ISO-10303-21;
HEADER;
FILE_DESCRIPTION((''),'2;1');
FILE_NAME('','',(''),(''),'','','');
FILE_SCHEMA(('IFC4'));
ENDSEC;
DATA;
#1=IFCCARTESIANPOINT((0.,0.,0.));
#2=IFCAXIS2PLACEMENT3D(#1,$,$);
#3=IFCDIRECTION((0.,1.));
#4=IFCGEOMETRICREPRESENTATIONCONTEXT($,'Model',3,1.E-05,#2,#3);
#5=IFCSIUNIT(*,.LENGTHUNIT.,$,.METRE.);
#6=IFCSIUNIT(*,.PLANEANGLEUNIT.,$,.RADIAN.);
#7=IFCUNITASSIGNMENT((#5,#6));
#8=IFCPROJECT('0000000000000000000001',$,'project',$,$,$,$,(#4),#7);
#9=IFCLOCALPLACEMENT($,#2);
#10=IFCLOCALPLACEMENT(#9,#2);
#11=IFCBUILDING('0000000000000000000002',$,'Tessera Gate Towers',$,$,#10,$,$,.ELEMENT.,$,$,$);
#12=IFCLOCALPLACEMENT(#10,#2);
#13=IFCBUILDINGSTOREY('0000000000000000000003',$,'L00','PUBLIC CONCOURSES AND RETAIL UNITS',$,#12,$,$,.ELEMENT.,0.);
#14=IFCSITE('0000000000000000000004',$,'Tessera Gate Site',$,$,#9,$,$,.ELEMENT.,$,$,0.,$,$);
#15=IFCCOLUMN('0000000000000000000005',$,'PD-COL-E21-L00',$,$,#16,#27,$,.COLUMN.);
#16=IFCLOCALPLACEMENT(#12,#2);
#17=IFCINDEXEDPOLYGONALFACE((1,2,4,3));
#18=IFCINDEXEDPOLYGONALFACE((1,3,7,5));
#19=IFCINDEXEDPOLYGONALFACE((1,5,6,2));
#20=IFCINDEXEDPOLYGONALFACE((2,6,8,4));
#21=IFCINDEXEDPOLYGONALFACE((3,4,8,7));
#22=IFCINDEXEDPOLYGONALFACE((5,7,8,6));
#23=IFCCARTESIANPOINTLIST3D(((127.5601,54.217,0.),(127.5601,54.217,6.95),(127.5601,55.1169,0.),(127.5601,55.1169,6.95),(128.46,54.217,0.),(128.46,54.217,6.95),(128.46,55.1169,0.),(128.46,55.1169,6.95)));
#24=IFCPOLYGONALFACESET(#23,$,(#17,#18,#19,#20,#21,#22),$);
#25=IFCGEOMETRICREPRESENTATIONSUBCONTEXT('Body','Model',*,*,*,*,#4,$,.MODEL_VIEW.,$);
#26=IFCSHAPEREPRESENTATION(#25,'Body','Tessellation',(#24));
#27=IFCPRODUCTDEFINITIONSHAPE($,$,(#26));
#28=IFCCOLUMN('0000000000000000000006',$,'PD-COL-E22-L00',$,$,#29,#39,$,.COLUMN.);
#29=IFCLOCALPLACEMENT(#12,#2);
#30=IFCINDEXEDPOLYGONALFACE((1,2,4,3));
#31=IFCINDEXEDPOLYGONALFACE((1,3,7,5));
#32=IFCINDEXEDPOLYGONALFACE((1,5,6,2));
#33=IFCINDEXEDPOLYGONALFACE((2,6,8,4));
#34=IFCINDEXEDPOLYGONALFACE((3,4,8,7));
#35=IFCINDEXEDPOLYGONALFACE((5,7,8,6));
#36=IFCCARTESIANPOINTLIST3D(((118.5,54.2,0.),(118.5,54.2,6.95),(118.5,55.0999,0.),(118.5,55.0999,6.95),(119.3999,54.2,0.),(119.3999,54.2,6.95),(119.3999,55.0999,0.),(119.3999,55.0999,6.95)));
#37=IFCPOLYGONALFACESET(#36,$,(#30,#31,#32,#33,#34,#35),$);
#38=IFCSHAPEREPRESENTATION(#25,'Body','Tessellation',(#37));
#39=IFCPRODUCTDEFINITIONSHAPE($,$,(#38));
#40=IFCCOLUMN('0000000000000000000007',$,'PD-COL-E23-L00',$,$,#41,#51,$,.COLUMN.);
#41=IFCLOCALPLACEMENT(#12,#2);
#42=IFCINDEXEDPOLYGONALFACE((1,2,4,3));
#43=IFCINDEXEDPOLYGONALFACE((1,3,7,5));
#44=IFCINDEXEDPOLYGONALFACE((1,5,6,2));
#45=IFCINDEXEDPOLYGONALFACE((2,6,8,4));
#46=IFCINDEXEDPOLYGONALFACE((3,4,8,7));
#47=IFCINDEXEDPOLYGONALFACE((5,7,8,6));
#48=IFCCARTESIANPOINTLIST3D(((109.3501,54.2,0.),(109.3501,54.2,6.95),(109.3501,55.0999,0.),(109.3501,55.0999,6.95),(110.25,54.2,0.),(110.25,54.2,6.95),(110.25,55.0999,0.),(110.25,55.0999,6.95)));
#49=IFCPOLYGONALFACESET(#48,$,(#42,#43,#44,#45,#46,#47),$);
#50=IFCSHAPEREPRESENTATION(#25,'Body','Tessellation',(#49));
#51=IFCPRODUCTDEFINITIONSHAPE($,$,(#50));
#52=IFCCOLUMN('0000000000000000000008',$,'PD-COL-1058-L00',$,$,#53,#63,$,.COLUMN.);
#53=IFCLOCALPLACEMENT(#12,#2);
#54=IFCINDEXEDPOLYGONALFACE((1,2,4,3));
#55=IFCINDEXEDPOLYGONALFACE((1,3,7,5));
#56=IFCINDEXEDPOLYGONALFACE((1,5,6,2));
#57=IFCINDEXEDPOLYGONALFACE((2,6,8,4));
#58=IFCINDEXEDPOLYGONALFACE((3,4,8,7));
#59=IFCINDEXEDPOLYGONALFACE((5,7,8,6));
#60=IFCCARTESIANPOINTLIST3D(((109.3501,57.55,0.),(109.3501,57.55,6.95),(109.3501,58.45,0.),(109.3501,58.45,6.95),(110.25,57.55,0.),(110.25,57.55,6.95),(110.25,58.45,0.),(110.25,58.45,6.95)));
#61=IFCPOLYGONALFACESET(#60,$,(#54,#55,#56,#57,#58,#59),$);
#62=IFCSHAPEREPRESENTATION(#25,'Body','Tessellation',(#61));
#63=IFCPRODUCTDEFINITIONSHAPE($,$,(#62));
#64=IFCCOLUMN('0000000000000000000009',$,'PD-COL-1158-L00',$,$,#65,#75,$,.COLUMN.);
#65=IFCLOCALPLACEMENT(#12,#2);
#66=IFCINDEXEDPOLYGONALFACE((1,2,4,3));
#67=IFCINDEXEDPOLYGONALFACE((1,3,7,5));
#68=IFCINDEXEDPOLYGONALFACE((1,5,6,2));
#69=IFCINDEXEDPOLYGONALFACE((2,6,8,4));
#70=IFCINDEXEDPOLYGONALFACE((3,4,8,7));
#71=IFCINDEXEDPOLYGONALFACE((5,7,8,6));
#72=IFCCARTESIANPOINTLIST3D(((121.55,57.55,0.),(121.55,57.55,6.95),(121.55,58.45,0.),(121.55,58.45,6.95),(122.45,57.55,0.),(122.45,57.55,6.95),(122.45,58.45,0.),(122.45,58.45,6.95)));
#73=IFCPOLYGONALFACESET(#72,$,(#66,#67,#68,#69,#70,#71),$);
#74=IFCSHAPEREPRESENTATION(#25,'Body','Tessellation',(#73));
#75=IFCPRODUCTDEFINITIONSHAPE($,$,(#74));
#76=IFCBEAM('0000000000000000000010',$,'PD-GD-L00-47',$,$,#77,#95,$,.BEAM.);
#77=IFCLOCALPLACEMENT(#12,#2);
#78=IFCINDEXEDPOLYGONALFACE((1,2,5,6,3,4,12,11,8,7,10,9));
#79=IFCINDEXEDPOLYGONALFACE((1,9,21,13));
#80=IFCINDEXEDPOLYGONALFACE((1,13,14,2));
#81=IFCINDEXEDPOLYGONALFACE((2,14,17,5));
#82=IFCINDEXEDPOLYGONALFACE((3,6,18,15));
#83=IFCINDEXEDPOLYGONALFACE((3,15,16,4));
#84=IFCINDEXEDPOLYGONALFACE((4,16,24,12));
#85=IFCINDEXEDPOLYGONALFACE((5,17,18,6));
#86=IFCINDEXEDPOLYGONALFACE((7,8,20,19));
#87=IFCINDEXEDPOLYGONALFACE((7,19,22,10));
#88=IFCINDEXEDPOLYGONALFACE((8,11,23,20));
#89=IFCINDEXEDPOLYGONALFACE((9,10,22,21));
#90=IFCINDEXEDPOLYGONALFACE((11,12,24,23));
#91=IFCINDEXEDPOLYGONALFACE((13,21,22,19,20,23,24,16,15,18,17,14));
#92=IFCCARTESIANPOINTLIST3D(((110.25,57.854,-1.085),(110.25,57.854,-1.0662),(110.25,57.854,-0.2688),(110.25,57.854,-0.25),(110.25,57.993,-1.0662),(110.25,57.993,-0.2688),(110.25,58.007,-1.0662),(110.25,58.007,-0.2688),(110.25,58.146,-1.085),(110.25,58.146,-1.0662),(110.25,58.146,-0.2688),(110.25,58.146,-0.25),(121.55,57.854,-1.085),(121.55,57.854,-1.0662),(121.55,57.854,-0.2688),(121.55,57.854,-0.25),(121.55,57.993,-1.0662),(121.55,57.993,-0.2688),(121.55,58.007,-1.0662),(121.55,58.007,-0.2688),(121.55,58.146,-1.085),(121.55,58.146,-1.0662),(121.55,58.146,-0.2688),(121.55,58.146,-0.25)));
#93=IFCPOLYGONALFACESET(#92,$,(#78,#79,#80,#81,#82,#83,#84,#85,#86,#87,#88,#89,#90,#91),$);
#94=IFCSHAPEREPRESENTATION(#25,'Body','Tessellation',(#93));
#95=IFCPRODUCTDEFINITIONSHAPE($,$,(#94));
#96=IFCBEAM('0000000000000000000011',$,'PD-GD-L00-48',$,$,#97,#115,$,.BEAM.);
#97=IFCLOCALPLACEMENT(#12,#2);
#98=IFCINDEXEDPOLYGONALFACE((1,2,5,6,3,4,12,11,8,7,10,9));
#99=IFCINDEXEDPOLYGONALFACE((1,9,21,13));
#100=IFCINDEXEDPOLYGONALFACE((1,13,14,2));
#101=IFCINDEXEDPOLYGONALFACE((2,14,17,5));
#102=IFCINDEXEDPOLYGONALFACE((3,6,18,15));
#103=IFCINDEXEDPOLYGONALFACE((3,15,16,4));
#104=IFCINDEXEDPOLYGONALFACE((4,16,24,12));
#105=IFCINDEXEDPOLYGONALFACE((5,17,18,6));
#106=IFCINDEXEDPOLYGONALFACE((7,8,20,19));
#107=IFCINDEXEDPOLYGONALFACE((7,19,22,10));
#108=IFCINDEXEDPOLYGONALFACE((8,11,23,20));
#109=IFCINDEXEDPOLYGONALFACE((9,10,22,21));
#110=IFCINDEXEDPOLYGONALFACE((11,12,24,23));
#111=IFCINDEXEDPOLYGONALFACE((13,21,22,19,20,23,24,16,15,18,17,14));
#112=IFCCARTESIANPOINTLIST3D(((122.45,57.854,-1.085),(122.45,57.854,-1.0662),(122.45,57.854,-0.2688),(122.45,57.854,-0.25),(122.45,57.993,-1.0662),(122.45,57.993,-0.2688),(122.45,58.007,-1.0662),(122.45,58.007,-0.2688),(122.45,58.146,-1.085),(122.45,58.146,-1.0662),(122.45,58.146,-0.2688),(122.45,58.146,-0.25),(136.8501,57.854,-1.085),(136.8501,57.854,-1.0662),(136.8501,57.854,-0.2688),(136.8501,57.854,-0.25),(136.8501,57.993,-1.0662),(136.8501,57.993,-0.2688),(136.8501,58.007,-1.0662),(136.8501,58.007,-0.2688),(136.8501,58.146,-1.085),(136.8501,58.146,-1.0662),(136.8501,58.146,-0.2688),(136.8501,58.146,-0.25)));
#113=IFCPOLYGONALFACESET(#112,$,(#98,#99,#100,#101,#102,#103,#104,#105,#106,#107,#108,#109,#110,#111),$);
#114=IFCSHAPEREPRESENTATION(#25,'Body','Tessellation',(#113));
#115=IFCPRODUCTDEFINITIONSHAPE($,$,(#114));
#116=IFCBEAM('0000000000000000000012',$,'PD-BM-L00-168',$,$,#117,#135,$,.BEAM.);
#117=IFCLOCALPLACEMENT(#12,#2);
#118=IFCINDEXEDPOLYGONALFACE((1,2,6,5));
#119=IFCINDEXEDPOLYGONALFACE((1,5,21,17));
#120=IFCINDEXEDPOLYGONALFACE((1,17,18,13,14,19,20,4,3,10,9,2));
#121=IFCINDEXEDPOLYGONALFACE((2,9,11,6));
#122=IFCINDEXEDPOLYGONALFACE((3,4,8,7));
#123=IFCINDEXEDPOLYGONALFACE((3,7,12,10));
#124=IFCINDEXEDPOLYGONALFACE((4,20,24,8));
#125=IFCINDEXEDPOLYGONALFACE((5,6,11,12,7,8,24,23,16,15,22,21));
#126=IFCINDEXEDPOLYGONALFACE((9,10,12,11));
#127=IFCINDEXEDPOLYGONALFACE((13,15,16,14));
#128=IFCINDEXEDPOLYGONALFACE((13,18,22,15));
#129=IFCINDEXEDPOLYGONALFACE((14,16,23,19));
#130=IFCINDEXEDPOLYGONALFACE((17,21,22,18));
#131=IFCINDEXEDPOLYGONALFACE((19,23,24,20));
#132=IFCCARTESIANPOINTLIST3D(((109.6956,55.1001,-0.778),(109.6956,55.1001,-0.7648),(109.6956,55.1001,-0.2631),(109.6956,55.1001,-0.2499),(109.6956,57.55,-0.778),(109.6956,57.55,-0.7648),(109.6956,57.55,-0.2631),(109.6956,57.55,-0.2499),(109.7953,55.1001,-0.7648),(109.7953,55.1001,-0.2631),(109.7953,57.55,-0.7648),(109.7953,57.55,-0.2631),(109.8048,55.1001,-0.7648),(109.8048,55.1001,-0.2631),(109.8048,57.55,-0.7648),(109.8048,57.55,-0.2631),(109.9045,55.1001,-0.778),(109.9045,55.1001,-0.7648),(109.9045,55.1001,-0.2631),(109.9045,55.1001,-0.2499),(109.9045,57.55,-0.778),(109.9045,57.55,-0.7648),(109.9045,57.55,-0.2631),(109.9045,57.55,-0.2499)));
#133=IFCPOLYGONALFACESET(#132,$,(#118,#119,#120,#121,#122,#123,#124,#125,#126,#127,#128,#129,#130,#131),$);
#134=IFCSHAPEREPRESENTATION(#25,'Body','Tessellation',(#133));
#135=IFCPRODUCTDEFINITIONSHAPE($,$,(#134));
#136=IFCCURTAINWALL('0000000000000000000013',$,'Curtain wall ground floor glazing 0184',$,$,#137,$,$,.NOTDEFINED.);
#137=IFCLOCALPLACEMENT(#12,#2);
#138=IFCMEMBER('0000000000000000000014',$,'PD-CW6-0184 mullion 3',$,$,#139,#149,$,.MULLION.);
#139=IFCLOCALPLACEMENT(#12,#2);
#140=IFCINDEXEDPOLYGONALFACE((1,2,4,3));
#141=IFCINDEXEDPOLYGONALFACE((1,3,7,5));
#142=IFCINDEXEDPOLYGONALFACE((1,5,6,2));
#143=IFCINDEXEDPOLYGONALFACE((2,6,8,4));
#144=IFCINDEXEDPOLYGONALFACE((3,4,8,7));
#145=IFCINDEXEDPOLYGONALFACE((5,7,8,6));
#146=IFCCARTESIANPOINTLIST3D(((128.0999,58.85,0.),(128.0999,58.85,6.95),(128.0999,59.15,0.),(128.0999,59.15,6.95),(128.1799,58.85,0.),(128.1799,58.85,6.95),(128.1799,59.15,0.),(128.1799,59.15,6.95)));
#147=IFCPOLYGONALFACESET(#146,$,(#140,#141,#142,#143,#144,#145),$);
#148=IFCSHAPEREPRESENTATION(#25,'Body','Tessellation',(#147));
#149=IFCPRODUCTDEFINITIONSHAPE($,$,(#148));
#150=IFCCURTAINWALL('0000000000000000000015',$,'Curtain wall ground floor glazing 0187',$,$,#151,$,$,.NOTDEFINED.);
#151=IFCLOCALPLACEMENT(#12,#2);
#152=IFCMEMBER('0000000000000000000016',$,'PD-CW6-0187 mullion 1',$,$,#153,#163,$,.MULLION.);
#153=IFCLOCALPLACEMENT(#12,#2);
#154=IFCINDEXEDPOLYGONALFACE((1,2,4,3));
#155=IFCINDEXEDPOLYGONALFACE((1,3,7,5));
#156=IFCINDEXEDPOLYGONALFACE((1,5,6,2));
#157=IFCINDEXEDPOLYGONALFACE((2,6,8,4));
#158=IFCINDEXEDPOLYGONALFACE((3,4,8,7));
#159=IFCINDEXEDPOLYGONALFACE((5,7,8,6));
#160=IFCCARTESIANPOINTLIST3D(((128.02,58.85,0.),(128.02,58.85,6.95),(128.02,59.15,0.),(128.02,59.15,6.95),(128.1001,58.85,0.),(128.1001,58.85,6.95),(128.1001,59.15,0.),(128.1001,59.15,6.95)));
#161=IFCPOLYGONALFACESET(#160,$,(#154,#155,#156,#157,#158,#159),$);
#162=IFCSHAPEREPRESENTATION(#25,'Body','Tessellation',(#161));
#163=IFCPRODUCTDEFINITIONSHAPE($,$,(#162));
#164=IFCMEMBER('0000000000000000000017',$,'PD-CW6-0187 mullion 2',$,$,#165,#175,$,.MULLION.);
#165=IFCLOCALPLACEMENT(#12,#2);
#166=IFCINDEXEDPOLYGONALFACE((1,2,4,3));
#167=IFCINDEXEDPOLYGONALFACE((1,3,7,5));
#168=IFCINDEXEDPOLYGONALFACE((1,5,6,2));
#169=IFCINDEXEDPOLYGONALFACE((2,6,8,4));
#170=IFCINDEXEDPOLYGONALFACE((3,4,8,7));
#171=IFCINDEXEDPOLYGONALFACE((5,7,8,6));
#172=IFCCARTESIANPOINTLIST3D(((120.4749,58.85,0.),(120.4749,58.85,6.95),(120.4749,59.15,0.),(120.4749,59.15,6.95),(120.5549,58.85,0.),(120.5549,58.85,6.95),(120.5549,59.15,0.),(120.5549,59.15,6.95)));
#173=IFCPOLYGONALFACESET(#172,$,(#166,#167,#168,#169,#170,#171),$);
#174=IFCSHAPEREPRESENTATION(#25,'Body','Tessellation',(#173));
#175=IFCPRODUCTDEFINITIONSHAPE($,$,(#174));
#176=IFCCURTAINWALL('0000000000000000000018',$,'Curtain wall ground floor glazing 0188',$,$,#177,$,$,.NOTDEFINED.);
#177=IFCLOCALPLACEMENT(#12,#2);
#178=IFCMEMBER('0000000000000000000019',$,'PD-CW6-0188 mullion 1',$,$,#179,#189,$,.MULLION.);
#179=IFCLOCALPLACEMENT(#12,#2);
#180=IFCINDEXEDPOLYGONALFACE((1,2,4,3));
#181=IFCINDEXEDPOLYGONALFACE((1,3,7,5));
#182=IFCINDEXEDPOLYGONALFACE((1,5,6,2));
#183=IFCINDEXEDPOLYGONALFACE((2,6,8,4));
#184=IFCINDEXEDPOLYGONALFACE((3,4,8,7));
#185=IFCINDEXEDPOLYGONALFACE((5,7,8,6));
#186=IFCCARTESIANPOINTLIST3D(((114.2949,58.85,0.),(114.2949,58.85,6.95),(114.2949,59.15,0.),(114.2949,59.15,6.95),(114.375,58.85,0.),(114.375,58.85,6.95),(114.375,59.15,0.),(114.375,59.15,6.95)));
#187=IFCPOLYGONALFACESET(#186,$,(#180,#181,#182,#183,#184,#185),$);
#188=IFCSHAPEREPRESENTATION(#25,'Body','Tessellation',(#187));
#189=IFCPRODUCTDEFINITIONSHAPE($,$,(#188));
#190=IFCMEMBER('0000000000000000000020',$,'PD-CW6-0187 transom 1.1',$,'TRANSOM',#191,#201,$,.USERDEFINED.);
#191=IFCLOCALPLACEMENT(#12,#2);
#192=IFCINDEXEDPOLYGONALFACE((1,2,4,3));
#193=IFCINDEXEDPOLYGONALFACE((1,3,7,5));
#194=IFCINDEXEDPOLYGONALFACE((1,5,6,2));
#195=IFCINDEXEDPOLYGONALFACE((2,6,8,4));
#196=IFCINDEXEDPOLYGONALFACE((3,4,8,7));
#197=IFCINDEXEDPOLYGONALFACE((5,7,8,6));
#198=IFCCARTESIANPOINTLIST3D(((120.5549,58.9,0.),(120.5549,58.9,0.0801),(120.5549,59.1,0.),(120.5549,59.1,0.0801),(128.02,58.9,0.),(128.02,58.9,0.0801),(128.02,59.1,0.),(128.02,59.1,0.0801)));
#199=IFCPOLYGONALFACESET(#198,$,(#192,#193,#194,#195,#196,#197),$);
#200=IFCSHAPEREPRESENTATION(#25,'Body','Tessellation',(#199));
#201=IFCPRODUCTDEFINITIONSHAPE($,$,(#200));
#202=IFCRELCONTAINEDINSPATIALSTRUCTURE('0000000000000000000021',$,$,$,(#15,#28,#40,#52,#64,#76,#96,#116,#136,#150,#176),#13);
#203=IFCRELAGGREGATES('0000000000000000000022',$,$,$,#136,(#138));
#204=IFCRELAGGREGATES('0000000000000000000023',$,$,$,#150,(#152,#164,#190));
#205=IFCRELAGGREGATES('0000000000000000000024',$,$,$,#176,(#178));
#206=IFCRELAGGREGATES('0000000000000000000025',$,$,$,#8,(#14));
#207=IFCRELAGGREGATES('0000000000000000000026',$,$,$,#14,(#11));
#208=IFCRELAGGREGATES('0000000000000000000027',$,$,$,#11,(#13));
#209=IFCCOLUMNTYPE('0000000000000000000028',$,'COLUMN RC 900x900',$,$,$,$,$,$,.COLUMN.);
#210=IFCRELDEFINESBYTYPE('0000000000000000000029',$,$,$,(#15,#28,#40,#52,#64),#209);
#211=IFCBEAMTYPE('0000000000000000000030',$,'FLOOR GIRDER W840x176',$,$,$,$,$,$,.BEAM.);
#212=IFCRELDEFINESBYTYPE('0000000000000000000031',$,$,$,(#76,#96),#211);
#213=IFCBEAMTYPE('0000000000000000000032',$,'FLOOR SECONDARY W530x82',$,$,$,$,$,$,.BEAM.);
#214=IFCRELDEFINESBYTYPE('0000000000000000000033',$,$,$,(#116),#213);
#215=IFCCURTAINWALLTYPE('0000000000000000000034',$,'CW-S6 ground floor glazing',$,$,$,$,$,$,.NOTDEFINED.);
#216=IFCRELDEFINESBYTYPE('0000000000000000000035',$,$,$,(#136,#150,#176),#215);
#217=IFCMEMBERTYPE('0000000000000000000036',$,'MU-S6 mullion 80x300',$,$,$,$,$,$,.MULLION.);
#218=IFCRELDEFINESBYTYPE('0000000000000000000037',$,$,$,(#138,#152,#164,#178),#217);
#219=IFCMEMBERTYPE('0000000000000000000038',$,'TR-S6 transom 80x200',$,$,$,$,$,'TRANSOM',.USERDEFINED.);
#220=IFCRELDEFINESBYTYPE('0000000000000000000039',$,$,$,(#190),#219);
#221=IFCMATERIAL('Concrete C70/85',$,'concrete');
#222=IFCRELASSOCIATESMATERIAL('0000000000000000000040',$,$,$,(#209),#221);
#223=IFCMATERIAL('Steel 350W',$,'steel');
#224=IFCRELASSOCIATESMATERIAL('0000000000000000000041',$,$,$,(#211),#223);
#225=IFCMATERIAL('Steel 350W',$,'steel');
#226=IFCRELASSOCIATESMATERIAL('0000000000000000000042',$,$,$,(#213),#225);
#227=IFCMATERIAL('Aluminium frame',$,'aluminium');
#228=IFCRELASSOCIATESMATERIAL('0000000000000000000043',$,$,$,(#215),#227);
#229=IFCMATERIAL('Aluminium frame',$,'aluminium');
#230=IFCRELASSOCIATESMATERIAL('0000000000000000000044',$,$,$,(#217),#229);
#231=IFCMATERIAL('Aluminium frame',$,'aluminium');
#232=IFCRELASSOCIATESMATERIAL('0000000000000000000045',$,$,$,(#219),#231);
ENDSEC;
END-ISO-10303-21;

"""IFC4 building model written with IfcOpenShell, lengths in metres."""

from ifc_helpers import new_model, si_unit, direction, frame, origin, origin_2d, place, context, subcontext, project, spatial, rectangle, i_section, extrude, material, material_profile, profile_set, type_object, element, aggregate, save


model = new_model("IFC4")

# Units and contexts
model_context = context("Model", 3, precision=1e-05, world=origin(), true_north=direction((0.0, 1.0)))
body_context = subcontext(model_context, "Body", "Model", "MODEL_VIEW")
ifc_project = project(units=[si_unit("LENGTHUNIT", "METRE"), si_unit("PLANEANGLEUNIT", "RADIAN")], contexts=[model_context])

# Site, building, storey
site_placement = place(None, origin())
site = spatial("IfcSite", under=ifc_project, at=site_placement, Name="Tessera Gate Site", CompositionType="ELEMENT", RefElevation=0.0)
building_placement = place(site_placement, origin())
building = spatial("IfcBuilding", under=site, at=building_placement, Name="Tessera Gate Towers", CompositionType="ELEMENT")
storey_placement = place(building_placement, origin())
storey = spatial("IfcBuildingStorey", under=building, at=storey_placement, Name="L00", Description="PUBLIC CONCOURSES AND RETAIL UNITS", CompositionType="ELEMENT", Elevation=0.0)

# Columns
ifc_material_1 = material(Name="Concrete C70/85", Category="concrete")
ifc_material_profile_1 = material_profile(ifc_material_1, rectangle(XDim=0.8999, YDim=0.8999, at=origin_2d()), Name="RC 900x900")
ifc_profile_set_1 = profile_set([ifc_material_profile_1], Name="Concrete C70/85")
column_type = type_object("IfcColumnType", Name="COLUMN RC 900x900", PredefinedType="COLUMN", material=ifc_profile_set_1)
for number, where, z_axis, x_axis, name in (
    (1, (128.01, 54.667, 0.0), (0.0, 0.0, 1.0), (1.0, 0.0, 0.0), "PD-COL-E21-L00"),
    (2, (118.95, 54.6499, 0.0), (0.0, 0.0, 1.0), (1.0, 0.0, 0.0), "PD-COL-E22-L00"),
    (3, (109.8, 54.6499, 0.0), (0.0, 0.0, 1.0), (1.0, 0.0, 0.0), "PD-COL-E23-L00"),
    (4, (109.8, 58.0, 0.0), (0.0, 0.0, 1.0), (1.0, 0.0, 0.0), "PD-COL-1058-L00"),
    (5, (122.0, 58.0, 0.0), (0.0, 0.0, 1.0), (1.0, 0.0, 0.0), "PD-COL-1158-L00"),
):
    element("IfcColumn", number, at=place(storey_placement, frame(where, z_axis=z_axis, x_axis=x_axis)), inside=storey, type_object=column_type, Name=name, PredefinedType="COLUMN", context=body_context, shape_type="SweptSolid", body=[
        extrude(rectangle(XDim=0.8999, YDim=0.8999, at=origin_2d()), origin(), (0.0, 0.0, 1.0), 6.95),
    ])

# Beams
ifc_material_2 = material(Name="Steel 350W", Category="steel")
ifc_material_profile_2 = material_profile(ifc_material_2, i_section(OverallWidth=0.292, OverallDepth=0.835, WebThickness=0.0139, FlangeThickness=0.0188, at=origin_2d()), Name="W840x176")
ifc_profile_set_2 = profile_set([ifc_material_profile_2], Name="Steel 350W")
beam_type_1 = type_object("IfcBeamType", Name="FLOOR GIRDER W840x176", PredefinedType="BEAM", material=ifc_profile_set_2)
beam_1_placement = place(storey_placement, frame((110.25, 58.0, -0.6675), z_axis=(1.0, 0.0, 0.0), x_axis=(0.0, 1.0, 0.0)))
element("IfcBeam", 6, at=beam_1_placement, inside=storey, type_object=beam_type_1, Name="PD-GD-L00-47", PredefinedType="BEAM", context=body_context, shape_type="SweptSolid", body=[
    extrude(i_section(OverallWidth=0.292, OverallDepth=0.835, WebThickness=0.0139, FlangeThickness=0.0188, at=origin_2d()), origin(), (0.0, 0.0, 1.0), 11.3),
])
beam_2_placement = place(storey_placement, frame((122.45, 58.0, -0.6675), z_axis=(1.0, 0.0, 0.0), x_axis=(0.0, 1.0, 0.0)))
element("IfcBeam", 7, at=beam_2_placement, inside=storey, type_object=beam_type_1, Name="PD-GD-L00-48", PredefinedType="BEAM", context=body_context, shape_type="SweptSolid", body=[
    extrude(i_section(OverallWidth=0.292, OverallDepth=0.835, WebThickness=0.0139, FlangeThickness=0.0188, at=origin_2d()), origin(), (0.0, 0.0, 1.0), 14.4001),
])
ifc_material_3 = material(Name="Steel 350W", Category="steel")
ifc_material_profile_3 = material_profile(ifc_material_3, i_section(OverallWidth=0.209, OverallDepth=0.5281, WebThickness=0.0095, FlangeThickness=0.0132, at=origin_2d()), Name="W530x82")
ifc_profile_set_3 = profile_set([ifc_material_profile_3], Name="Steel 350W")
beam_type_2 = type_object("IfcBeamType", Name="FLOOR SECONDARY W530x82", PredefinedType="BEAM", material=ifc_profile_set_3)
beam_3_placement = place(storey_placement, frame((109.8, 55.1001, -0.5139), z_axis=(0.0, 1.0, 0.0), x_axis=(-1.0, 0.0, 0.0)))
element("IfcBeam", 8, at=beam_3_placement, inside=storey, type_object=beam_type_2, Name="PD-BM-L00-168", PredefinedType="BEAM", context=body_context, shape_type="SweptSolid", body=[
    extrude(i_section(OverallWidth=0.209, OverallDepth=0.5281, WebThickness=0.0095, FlangeThickness=0.0132, at=origin_2d()), origin(), (0.0, 0.0, 1.0), 2.45),
])

# Curtain wall, member
ifc_material_4 = material(Name="Aluminium frame", Category="aluminium")
curtain_wall_type = type_object("IfcCurtainWallType", Name="CW-S6 ground floor glazing", PredefinedType="NOTDEFINED", material=ifc_material_4)
curtain_wall_1_placement = place(storey_placement, origin())
curtain_wall_1 = element("IfcCurtainWall", 9, at=curtain_wall_1_placement, inside=storey, type_object=curtain_wall_type, Name="Curtain wall ground floor glazing 0184", PredefinedType="NOTDEFINED")
ifc_material_5 = material(Name="Aluminium frame", Category="aluminium")
ifc_material_profile_4 = material_profile(ifc_material_5, rectangle(XDim=0.0801, YDim=0.3, at=origin_2d()), Name="AL 80x300")
ifc_profile_set_4 = profile_set([ifc_material_profile_4], Name="Aluminium frame")
member_type_1 = type_object("IfcMemberType", Name="MU-S6 mullion 80x300", PredefinedType="MULLION", material=ifc_profile_set_4)
member_1_placement = place(storey_placement, frame((128.1399, 59.0, 0.0), z_axis=(0.0, 0.0, 1.0), x_axis=(-1.0, 0.0, 0.0)))
member_1 = element("IfcMember", 10, at=member_1_placement, type_object=member_type_1, Name="PD-CW6-0184 mullion 3", PredefinedType="MULLION", context=body_context, shape_type="SweptSolid", body=[
    extrude(rectangle(XDim=0.0801, YDim=0.3, at=origin_2d()), origin(), (0.0, 0.0, 1.0), 6.95),
])
aggregate(curtain_wall_1, [member_1])

# Curtain wall, members
curtain_wall_2_placement = place(storey_placement, origin())
curtain_wall_2 = element("IfcCurtainWall", 11, at=curtain_wall_2_placement, inside=storey, type_object=curtain_wall_type, Name="Curtain wall ground floor glazing 0187", PredefinedType="NOTDEFINED")
member_2_placement = place(storey_placement, frame((128.0601, 59.0, 0.0), z_axis=(0.0, 0.0, 1.0), x_axis=(-1.0, 0.0, 0.0)))
member_2 = element("IfcMember", 12, at=member_2_placement, type_object=member_type_1, Name="PD-CW6-0187 mullion 1", PredefinedType="MULLION", context=body_context, shape_type="SweptSolid", body=[
    extrude(rectangle(XDim=0.0801, YDim=0.3, at=origin_2d()), origin(), (0.0, 0.0, 1.0), 6.95),
])
member_3_placement = place(storey_placement, frame((120.5149, 59.0, 0.0), z_axis=(0.0, 0.0, 1.0), x_axis=(-1.0, 0.0, 0.0)))
member_3 = element("IfcMember", 13, at=member_3_placement, type_object=member_type_1, Name="PD-CW6-0187 mullion 2", PredefinedType="MULLION", context=body_context, shape_type="SweptSolid", body=[
    extrude(rectangle(XDim=0.0801, YDim=0.3, at=origin_2d()), origin(), (0.0, 0.0, 1.0), 6.95),
])

# Curtain wall, member
curtain_wall_3_placement = place(storey_placement, origin())
curtain_wall_3 = element("IfcCurtainWall", 14, at=curtain_wall_3_placement, inside=storey, type_object=curtain_wall_type, Name="Curtain wall ground floor glazing 0188", PredefinedType="NOTDEFINED")
member_4_placement = place(storey_placement, frame((114.335, 59.0, 0.0), z_axis=(0.0, 0.0, 1.0), x_axis=(-1.0, 0.0, 0.0)))
member_4 = element("IfcMember", 15, at=member_4_placement, type_object=member_type_1, Name="PD-CW6-0188 mullion 1", PredefinedType="MULLION", context=body_context, shape_type="SweptSolid", body=[
    extrude(rectangle(XDim=0.0801, YDim=0.3, at=origin_2d()), origin(), (0.0, 0.0, 1.0), 6.95),
])

# Member
ifc_material_6 = material(Name="Aluminium frame", Category="aluminium")
ifc_material_profile_5 = material_profile(ifc_material_6, rectangle(XDim=0.2, YDim=0.0801, at=origin_2d()), Name="AL 80x200")
ifc_profile_set_5 = profile_set([ifc_material_profile_5], Name="Aluminium frame")
member_type_2 = type_object("IfcMemberType", Name="TR-S6 transom 80x200", ElementType="TRANSOM", PredefinedType="USERDEFINED", material=ifc_profile_set_5)
member_5_placement = place(storey_placement, frame((128.02, 59.0, 0.04), z_axis=(-1.0, 0.0, 0.0), x_axis=(0.0, -1.0, 0.0)))
member_5 = element("IfcMember", 16, at=member_5_placement, type_object=member_type_2, Name="PD-CW6-0187 transom 1.1", ObjectType="TRANSOM", PredefinedType="USERDEFINED", context=body_context, shape_type="SweptSolid", body=[
    extrude(rectangle(XDim=0.2, YDim=0.0801, at=origin_2d()), origin(), (0.0, 0.0, 1.0), 7.4651),
])

aggregate(curtain_wall_2, [member_2, member_3, member_5])
aggregate(curtain_wall_3, [member_4])

save(model, "model.ifc")
